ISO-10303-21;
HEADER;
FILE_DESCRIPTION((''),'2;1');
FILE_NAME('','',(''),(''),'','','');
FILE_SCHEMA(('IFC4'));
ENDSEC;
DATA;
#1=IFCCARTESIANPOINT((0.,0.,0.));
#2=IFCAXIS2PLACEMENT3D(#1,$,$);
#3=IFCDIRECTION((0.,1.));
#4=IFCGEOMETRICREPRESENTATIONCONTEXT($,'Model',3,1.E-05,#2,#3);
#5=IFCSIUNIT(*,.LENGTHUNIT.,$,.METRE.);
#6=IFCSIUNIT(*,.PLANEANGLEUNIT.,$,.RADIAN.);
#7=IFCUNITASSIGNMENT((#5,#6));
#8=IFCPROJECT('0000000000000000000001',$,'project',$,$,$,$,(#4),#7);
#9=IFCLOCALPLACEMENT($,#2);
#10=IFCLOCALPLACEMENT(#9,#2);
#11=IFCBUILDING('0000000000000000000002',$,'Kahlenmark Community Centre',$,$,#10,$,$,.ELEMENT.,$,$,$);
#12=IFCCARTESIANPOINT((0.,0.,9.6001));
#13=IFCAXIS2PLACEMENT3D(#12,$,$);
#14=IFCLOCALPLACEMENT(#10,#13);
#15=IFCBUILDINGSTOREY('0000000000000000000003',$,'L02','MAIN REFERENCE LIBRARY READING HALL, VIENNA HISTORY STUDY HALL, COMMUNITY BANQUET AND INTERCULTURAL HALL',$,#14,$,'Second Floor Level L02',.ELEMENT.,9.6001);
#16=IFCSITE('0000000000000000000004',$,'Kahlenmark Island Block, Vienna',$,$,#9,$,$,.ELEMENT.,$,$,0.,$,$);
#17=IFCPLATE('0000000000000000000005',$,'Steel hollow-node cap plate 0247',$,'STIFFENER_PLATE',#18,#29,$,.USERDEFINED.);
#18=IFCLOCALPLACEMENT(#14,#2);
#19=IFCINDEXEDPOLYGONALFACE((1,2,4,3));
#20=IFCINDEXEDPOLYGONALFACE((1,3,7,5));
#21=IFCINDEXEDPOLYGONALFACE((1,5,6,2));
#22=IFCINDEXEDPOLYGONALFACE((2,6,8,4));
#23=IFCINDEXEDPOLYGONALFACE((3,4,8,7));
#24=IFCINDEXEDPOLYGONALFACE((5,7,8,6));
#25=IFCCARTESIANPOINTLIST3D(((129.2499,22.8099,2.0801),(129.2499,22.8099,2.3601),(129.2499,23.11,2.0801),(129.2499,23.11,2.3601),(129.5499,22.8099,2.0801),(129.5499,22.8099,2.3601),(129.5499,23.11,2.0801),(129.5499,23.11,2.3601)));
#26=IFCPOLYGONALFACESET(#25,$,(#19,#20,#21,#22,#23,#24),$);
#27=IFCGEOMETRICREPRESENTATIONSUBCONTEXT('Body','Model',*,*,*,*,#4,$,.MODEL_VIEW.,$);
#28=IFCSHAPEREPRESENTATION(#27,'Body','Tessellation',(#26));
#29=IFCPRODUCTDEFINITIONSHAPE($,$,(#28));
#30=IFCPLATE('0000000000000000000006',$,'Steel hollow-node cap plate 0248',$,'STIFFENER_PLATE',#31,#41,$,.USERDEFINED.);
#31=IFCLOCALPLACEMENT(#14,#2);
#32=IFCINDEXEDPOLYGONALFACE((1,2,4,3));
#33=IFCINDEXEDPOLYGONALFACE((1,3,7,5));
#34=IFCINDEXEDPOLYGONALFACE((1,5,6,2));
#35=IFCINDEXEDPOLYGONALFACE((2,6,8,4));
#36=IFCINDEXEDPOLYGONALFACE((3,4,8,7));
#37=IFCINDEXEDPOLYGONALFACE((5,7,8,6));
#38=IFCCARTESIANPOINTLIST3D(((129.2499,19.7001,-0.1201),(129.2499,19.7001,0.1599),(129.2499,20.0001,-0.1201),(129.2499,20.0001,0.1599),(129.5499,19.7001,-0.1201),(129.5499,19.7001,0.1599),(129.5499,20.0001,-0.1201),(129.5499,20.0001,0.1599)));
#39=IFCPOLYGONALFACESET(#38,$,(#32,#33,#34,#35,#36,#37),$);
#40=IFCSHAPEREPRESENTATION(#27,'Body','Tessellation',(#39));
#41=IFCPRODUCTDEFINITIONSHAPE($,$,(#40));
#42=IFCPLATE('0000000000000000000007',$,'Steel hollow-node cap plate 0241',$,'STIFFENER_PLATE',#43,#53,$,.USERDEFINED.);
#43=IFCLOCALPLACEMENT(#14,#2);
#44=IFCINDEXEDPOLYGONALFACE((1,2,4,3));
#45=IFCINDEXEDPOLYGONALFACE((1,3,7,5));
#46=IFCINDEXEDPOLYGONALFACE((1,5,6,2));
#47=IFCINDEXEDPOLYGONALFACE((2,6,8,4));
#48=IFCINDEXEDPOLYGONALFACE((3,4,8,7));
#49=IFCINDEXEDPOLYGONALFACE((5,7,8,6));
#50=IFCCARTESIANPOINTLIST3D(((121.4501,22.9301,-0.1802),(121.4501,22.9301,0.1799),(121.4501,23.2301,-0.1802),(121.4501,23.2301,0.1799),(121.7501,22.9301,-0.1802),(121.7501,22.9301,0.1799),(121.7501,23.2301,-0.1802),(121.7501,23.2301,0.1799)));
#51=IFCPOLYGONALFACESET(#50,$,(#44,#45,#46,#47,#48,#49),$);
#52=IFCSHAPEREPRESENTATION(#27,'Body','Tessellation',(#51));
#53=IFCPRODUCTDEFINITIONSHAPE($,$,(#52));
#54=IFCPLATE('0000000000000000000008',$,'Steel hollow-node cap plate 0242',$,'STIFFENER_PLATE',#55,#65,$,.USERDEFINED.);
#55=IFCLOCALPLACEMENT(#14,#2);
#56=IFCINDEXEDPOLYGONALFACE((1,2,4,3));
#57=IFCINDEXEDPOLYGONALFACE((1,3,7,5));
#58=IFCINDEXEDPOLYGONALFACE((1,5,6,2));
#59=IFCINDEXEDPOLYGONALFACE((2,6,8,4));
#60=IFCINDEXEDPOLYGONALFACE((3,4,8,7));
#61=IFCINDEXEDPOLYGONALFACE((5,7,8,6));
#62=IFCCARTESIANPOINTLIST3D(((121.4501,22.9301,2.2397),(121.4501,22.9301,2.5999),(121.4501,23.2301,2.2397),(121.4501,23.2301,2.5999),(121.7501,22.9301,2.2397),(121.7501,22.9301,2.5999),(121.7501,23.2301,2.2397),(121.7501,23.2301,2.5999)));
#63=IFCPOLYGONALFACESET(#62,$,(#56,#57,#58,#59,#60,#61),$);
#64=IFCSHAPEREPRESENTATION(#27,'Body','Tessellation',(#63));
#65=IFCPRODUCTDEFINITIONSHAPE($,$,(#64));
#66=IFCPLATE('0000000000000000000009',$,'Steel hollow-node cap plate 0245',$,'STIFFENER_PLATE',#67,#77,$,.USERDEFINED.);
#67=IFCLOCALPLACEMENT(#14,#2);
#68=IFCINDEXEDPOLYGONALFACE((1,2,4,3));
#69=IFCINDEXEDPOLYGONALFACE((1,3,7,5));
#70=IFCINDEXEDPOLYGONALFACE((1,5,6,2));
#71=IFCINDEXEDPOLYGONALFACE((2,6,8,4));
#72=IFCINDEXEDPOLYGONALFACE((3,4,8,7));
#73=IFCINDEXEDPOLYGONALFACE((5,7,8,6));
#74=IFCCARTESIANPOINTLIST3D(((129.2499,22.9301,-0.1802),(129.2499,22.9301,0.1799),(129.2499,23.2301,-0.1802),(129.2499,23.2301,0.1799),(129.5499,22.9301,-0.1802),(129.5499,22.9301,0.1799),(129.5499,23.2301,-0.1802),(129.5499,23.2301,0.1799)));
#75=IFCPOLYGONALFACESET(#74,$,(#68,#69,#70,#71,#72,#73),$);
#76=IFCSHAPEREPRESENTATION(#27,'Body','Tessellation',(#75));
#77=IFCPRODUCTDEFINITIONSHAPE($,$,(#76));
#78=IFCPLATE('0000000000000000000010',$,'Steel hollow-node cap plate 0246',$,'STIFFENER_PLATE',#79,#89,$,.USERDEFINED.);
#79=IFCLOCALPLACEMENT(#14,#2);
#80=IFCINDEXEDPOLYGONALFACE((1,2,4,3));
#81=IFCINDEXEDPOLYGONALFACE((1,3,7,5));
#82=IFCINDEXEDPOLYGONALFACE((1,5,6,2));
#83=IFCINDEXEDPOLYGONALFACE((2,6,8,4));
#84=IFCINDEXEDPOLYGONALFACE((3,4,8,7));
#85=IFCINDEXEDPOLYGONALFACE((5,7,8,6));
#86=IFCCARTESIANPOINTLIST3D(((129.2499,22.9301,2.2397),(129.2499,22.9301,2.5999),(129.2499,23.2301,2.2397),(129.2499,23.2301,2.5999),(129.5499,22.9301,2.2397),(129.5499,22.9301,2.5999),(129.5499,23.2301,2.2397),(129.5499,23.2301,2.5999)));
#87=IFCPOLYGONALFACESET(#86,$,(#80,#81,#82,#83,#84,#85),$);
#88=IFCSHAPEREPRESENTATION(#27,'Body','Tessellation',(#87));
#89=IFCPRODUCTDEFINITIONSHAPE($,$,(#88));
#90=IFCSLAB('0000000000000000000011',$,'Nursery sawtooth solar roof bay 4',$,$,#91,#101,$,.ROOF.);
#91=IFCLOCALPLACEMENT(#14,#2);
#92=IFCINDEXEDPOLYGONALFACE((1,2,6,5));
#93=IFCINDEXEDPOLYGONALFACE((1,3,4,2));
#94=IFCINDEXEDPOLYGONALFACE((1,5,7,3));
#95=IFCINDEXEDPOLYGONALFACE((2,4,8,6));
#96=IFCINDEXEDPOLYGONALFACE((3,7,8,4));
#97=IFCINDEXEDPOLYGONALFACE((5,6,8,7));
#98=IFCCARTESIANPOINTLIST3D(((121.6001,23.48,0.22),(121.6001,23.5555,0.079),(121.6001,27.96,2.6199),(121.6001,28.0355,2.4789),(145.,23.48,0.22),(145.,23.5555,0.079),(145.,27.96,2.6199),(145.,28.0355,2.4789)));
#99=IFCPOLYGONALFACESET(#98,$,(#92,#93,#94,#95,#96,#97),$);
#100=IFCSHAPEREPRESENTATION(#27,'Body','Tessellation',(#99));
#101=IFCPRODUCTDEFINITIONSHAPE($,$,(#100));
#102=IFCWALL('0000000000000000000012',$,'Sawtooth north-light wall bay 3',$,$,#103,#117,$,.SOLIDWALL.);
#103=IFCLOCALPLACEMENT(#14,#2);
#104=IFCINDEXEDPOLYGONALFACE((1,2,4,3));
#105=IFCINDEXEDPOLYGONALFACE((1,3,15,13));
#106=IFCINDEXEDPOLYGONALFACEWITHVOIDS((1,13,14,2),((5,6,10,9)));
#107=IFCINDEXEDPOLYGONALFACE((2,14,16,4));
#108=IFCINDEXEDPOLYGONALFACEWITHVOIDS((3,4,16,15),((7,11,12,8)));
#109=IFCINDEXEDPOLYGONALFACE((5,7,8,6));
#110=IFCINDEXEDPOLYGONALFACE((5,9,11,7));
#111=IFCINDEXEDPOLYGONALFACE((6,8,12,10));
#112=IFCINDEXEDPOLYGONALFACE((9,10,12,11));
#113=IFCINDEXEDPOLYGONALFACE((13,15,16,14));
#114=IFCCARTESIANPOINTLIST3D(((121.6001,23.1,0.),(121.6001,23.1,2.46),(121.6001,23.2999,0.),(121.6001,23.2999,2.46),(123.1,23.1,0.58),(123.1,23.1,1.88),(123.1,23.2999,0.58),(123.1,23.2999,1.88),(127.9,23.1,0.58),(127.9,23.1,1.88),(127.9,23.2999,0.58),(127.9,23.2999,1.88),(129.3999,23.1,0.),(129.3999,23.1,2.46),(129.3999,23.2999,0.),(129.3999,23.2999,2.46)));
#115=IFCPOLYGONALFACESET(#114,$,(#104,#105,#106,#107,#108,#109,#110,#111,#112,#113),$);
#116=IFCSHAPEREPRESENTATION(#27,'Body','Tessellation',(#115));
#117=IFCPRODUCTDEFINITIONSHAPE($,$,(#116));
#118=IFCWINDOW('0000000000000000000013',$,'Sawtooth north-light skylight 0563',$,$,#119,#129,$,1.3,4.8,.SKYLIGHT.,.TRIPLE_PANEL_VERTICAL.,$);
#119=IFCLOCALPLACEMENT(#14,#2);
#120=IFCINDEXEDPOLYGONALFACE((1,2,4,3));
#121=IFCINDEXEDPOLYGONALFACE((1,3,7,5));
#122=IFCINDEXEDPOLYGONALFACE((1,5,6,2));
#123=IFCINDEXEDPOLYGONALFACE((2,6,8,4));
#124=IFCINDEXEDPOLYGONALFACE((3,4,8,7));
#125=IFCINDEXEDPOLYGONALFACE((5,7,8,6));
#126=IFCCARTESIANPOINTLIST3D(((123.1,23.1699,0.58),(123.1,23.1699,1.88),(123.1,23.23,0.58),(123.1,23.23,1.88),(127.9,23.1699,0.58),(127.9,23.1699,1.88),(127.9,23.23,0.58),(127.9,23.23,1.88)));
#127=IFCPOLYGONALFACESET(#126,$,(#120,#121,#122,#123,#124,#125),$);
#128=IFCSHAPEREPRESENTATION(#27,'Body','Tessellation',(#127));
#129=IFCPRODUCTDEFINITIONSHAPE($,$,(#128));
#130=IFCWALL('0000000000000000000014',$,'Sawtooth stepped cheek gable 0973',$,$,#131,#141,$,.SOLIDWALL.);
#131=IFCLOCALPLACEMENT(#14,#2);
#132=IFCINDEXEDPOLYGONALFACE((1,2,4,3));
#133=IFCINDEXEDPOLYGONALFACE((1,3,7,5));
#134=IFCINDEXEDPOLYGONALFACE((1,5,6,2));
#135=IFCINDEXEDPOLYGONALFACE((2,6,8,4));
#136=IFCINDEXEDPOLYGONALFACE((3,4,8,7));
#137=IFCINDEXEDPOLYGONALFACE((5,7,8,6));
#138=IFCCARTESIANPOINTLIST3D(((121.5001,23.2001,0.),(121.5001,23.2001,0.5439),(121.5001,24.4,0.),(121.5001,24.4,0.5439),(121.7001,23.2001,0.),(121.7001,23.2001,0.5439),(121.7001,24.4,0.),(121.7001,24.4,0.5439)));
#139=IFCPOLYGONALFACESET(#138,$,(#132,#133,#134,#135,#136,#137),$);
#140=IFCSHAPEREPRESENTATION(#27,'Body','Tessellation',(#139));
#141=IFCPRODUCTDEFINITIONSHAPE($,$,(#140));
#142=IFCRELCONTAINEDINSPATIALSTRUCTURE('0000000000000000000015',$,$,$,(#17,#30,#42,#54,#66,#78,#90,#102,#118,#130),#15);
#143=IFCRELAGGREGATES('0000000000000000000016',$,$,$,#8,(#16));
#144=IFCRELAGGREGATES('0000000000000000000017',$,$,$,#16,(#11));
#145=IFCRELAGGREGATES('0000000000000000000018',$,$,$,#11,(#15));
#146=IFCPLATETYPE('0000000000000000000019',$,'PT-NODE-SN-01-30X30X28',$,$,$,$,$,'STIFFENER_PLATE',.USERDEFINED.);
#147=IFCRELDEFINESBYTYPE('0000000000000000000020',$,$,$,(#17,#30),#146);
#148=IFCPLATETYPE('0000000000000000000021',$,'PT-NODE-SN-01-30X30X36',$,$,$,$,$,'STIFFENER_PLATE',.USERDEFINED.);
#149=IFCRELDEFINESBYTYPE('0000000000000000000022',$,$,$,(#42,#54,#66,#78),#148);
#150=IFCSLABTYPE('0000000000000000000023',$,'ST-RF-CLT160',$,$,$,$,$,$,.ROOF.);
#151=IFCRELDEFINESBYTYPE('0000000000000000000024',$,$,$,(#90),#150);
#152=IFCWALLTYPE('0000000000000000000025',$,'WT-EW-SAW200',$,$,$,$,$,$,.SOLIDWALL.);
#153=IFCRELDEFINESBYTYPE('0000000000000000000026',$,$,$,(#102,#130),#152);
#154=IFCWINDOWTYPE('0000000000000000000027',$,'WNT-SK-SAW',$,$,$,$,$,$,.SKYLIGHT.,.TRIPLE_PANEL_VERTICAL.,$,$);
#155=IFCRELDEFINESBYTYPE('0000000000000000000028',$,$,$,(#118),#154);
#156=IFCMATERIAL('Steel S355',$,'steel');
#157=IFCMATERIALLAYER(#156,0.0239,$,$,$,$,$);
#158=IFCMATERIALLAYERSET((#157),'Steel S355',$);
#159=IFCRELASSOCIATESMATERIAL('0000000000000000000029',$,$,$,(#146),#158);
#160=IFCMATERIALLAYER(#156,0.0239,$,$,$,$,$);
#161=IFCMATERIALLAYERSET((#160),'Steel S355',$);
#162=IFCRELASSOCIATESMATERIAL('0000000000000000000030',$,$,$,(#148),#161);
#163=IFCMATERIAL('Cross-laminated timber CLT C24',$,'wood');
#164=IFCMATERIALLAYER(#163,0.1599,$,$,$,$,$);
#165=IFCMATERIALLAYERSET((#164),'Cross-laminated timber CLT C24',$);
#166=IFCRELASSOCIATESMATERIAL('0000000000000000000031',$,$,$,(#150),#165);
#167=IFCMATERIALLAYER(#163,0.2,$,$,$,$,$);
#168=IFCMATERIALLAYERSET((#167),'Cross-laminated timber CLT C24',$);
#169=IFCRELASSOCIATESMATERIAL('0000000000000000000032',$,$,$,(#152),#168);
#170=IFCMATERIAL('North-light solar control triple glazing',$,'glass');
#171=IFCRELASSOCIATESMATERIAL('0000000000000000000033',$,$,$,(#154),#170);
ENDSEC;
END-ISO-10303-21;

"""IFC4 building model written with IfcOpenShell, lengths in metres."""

from ifc_helpers import new_model, si_unit, direction, frame, frame_2d, origin, origin_2d, place, context, subcontext, project, spatial, polyline, rectangle, outline, extrude, material, layer, layer_set, type_object, element, fill, save


model = new_model("IFC4")

# Units and contexts
model_context = context("Model", 3, precision=1e-05, world=origin(), true_north=direction((0.0, 1.0)))
body_context = subcontext(model_context, "Body", "Model", "MODEL_VIEW")
ifc_project = project(units=[si_unit("LENGTHUNIT", "METRE"), si_unit("PLANEANGLEUNIT", "RADIAN")], contexts=[model_context])

# Site, building, storey
site_placement = place(None, origin())
site = spatial("IfcSite", under=ifc_project, at=site_placement, Name="Kahlenmark Island Block, Vienna", CompositionType="ELEMENT", RefElevation=0.0)
building_placement = place(site_placement, origin())
building = spatial("IfcBuilding", under=site, at=building_placement, Name="Kahlenmark Community Centre", CompositionType="ELEMENT")
storey_placement = place(building_placement, frame((0.0, 0.0, 9.6001)))
storey = spatial("IfcBuildingStorey", under=building, at=storey_placement, Name="L02", Description="MAIN REFERENCE LIBRARY READING HALL, VIENNA HISTORY STUDY HALL, COMMUNITY BANQUET AND INTERCULTURAL HALL", LongName="Second Floor Level L02", CompositionType="ELEMENT", Elevation=9.6001)

# Shared definitions
ifc_material_1 = material(Name="Steel S355", Category="steel")

# Plates
ifc_layer_1 = layer(ifc_material_1, 0.0239)
ifc_layer_set_1 = layer_set([ifc_layer_1], Name="Steel S355")
plate_type_1 = type_object("IfcPlateType", Name="PT-NODE-SN-01-30X30X28", ElementType="STIFFENER_PLATE", PredefinedType="USERDEFINED", material=ifc_layer_set_1)
for number, where, z_axis, x_axis, name in (
    (1, (129.3999, 22.96, 2.0801), (0.0, 0.0, 1.0), (1.0, 0.0, 0.0), "Steel hollow-node cap plate 0247"),
    (2, (129.3999, 19.8501, -0.1201), (0.0, 0.0, 1.0), (1.0, 0.0, 0.0), "Steel hollow-node cap plate 0248"),
):
    element("IfcPlate", number, at=place(storey_placement, frame(where, z_axis=z_axis, x_axis=x_axis)), inside=storey, type_object=plate_type_1, Name=name, ObjectType="STIFFENER_PLATE", PredefinedType="USERDEFINED", context=body_context, shape_type="SweptSolid", body=[
        extrude(rectangle(XDim=0.3, YDim=0.3, at=origin_2d()), origin(), (0.0, 0.0, 1.0), 0.28),
    ])
ifc_layer_2 = layer(ifc_material_1, 0.0239)
ifc_layer_set_2 = layer_set([ifc_layer_2], Name="Steel S355")
plate_type_2 = type_object("IfcPlateType", Name="PT-NODE-SN-01-30X30X36", ElementType="STIFFENER_PLATE", PredefinedType="USERDEFINED", material=ifc_layer_set_2)
for number, where, z_axis, x_axis, name in (
    (3, (121.6001, 23.0801, -0.1802), (0.0, 0.0, 1.0), (1.0, 0.0, 0.0), "Steel hollow-node cap plate 0241"),
    (4, (121.6001, 23.0801, 2.2397), (0.0, 0.0, 1.0), (1.0, 0.0, 0.0), "Steel hollow-node cap plate 0242"),
    (5, (129.3999, 23.0801, -0.1802), (0.0, 0.0, 1.0), (1.0, 0.0, 0.0), "Steel hollow-node cap plate 0245"),
    (6, (129.3999, 23.0801, 2.2397), (0.0, 0.0, 1.0), (1.0, 0.0, 0.0), "Steel hollow-node cap plate 0246"),
):
    element("IfcPlate", number, at=place(storey_placement, frame(where, z_axis=z_axis, x_axis=x_axis)), inside=storey, type_object=plate_type_2, Name=name, ObjectType="STIFFENER_PLATE", PredefinedType="USERDEFINED", context=body_context, shape_type="SweptSolid", body=[
        extrude(rectangle(XDim=0.3, YDim=0.3, at=origin_2d()), origin(), (0.0, 0.0, 1.0), 0.3601),
    ])

# Slab
ifc_material_2 = material(Name="Cross-laminated timber CLT C24", Category="wood")
ifc_layer_3 = layer(ifc_material_2, 0.1599)
ifc_layer_set_3 = layer_set([ifc_layer_3], Name="Cross-laminated timber CLT C24")
slab_type = type_object("IfcSlabType", Name="ST-RF-CLT160", PredefinedType="ROOF", material=ifc_layer_set_3)
slab_placement = place(storey_placement, frame((121.6001, 23.48, 0.22), z_axis=(0.0, -0.472208, 0.881487), x_axis=(1.0, 0.0, 0.0)))
element("IfcSlab", 7, at=slab_placement, inside=storey, type_object=slab_type, Name="Nursery sawtooth solar roof bay 4", PredefinedType="ROOF", context=body_context, shape_type="SweptSolid", body=[
    extrude(outline(polyline([(0.0, 0.0), (23.3999, 0.0), (23.3999, 5.0823), (0.0, 5.0823), (0.0, 0.0)])), origin(), (0.0, 0.0, -1.0), 0.1599),
])

# Wall, opening, window
ifc_layer_4 = layer(ifc_material_2, 0.2)
ifc_layer_set_4 = layer_set([ifc_layer_4], Name="Cross-laminated timber CLT C24")
wall_type = type_object("IfcWallType", Name="WT-EW-SAW200", PredefinedType="SOLIDWALL", material=ifc_layer_set_4)
wall_1_placement = place(storey_placement, frame((121.6001, 23.2, 0.0), z_axis=(0.0, 0.0, 1.0), x_axis=(1.0, 0.0, 0.0)))
wall_1 = element("IfcWall", 8, at=wall_1_placement, inside=storey, type_object=wall_type, Name="Sawtooth north-light wall bay 3", PredefinedType="SOLIDWALL", context=body_context, shape_type="SweptSolid", body=[
    extrude(rectangle(XDim=7.7998, YDim=0.2, at=frame_2d((3.8999, 0.0))), origin(), (0.0, 0.0, 1.0), 2.46),
])
opening_placement = place(wall_1_placement, frame((1.5, 0.0, 0.5801)))
opening = element("IfcOpeningElement", 9, at=opening_placement, cuts=wall_1, PredefinedType="OPENING", context=body_context, shape_type="SweptSolid", body=[
    extrude(rectangle(XDim=4.8, YDim=1.3, at=frame_2d((2.3999, 0.6499))), frame((0.0, 0.1099, 0.0), z_axis=(0.0, -1.0, 0.0), x_axis=(1.0, 0.0, 0.0)), (0.0, 0.0, 1.0), 0.22),
])
ifc_material_3 = material(Name="North-light solar control triple glazing", Category="glass")
window_type = type_object("IfcWindowType", Name="WNT-SK-SAW", PartitioningType="TRIPLE_PANEL_VERTICAL", PredefinedType="SKYLIGHT", material=ifc_material_3)
window_placement = place(opening_placement, origin())
window = element("IfcWindow", 10, at=window_placement, inside=storey, type_object=window_type, Name="Sawtooth north-light skylight 0563", OverallHeight=1.3, OverallWidth=4.8, PartitioningType="TRIPLE_PANEL_VERTICAL", PredefinedType="SKYLIGHT", context=body_context, shape_type="SweptSolid", body=[
    extrude(rectangle(XDim=4.8, YDim=1.3, at=frame_2d((2.3999, 0.6499))), frame((0.0, 0.03, 0.0), z_axis=(0.0, -1.0, 0.0), x_axis=(1.0, 0.0, 0.0)), (0.0, 0.0, 1.0), 0.0601),
])
fill(opening, window)

# Wall
wall_2_placement = place(storey_placement, frame((121.6001, 23.2, 0.0), z_axis=(0.0, 0.0, 1.0), x_axis=(0.0, 1.0, 0.0)))
element("IfcWall", 11, at=wall_2_placement, inside=storey, type_object=wall_type, Name="Sawtooth stepped cheek gable 0973", PredefinedType="SOLIDWALL", context=body_context, shape_type="SweptSolid", body=[
    extrude(rectangle(XDim=1.2, YDim=0.2, at=frame_2d((0.6001, 0.0))), origin(), (0.0, 0.0, 1.0), 0.5439),
])

save(model, "model.ifc")
